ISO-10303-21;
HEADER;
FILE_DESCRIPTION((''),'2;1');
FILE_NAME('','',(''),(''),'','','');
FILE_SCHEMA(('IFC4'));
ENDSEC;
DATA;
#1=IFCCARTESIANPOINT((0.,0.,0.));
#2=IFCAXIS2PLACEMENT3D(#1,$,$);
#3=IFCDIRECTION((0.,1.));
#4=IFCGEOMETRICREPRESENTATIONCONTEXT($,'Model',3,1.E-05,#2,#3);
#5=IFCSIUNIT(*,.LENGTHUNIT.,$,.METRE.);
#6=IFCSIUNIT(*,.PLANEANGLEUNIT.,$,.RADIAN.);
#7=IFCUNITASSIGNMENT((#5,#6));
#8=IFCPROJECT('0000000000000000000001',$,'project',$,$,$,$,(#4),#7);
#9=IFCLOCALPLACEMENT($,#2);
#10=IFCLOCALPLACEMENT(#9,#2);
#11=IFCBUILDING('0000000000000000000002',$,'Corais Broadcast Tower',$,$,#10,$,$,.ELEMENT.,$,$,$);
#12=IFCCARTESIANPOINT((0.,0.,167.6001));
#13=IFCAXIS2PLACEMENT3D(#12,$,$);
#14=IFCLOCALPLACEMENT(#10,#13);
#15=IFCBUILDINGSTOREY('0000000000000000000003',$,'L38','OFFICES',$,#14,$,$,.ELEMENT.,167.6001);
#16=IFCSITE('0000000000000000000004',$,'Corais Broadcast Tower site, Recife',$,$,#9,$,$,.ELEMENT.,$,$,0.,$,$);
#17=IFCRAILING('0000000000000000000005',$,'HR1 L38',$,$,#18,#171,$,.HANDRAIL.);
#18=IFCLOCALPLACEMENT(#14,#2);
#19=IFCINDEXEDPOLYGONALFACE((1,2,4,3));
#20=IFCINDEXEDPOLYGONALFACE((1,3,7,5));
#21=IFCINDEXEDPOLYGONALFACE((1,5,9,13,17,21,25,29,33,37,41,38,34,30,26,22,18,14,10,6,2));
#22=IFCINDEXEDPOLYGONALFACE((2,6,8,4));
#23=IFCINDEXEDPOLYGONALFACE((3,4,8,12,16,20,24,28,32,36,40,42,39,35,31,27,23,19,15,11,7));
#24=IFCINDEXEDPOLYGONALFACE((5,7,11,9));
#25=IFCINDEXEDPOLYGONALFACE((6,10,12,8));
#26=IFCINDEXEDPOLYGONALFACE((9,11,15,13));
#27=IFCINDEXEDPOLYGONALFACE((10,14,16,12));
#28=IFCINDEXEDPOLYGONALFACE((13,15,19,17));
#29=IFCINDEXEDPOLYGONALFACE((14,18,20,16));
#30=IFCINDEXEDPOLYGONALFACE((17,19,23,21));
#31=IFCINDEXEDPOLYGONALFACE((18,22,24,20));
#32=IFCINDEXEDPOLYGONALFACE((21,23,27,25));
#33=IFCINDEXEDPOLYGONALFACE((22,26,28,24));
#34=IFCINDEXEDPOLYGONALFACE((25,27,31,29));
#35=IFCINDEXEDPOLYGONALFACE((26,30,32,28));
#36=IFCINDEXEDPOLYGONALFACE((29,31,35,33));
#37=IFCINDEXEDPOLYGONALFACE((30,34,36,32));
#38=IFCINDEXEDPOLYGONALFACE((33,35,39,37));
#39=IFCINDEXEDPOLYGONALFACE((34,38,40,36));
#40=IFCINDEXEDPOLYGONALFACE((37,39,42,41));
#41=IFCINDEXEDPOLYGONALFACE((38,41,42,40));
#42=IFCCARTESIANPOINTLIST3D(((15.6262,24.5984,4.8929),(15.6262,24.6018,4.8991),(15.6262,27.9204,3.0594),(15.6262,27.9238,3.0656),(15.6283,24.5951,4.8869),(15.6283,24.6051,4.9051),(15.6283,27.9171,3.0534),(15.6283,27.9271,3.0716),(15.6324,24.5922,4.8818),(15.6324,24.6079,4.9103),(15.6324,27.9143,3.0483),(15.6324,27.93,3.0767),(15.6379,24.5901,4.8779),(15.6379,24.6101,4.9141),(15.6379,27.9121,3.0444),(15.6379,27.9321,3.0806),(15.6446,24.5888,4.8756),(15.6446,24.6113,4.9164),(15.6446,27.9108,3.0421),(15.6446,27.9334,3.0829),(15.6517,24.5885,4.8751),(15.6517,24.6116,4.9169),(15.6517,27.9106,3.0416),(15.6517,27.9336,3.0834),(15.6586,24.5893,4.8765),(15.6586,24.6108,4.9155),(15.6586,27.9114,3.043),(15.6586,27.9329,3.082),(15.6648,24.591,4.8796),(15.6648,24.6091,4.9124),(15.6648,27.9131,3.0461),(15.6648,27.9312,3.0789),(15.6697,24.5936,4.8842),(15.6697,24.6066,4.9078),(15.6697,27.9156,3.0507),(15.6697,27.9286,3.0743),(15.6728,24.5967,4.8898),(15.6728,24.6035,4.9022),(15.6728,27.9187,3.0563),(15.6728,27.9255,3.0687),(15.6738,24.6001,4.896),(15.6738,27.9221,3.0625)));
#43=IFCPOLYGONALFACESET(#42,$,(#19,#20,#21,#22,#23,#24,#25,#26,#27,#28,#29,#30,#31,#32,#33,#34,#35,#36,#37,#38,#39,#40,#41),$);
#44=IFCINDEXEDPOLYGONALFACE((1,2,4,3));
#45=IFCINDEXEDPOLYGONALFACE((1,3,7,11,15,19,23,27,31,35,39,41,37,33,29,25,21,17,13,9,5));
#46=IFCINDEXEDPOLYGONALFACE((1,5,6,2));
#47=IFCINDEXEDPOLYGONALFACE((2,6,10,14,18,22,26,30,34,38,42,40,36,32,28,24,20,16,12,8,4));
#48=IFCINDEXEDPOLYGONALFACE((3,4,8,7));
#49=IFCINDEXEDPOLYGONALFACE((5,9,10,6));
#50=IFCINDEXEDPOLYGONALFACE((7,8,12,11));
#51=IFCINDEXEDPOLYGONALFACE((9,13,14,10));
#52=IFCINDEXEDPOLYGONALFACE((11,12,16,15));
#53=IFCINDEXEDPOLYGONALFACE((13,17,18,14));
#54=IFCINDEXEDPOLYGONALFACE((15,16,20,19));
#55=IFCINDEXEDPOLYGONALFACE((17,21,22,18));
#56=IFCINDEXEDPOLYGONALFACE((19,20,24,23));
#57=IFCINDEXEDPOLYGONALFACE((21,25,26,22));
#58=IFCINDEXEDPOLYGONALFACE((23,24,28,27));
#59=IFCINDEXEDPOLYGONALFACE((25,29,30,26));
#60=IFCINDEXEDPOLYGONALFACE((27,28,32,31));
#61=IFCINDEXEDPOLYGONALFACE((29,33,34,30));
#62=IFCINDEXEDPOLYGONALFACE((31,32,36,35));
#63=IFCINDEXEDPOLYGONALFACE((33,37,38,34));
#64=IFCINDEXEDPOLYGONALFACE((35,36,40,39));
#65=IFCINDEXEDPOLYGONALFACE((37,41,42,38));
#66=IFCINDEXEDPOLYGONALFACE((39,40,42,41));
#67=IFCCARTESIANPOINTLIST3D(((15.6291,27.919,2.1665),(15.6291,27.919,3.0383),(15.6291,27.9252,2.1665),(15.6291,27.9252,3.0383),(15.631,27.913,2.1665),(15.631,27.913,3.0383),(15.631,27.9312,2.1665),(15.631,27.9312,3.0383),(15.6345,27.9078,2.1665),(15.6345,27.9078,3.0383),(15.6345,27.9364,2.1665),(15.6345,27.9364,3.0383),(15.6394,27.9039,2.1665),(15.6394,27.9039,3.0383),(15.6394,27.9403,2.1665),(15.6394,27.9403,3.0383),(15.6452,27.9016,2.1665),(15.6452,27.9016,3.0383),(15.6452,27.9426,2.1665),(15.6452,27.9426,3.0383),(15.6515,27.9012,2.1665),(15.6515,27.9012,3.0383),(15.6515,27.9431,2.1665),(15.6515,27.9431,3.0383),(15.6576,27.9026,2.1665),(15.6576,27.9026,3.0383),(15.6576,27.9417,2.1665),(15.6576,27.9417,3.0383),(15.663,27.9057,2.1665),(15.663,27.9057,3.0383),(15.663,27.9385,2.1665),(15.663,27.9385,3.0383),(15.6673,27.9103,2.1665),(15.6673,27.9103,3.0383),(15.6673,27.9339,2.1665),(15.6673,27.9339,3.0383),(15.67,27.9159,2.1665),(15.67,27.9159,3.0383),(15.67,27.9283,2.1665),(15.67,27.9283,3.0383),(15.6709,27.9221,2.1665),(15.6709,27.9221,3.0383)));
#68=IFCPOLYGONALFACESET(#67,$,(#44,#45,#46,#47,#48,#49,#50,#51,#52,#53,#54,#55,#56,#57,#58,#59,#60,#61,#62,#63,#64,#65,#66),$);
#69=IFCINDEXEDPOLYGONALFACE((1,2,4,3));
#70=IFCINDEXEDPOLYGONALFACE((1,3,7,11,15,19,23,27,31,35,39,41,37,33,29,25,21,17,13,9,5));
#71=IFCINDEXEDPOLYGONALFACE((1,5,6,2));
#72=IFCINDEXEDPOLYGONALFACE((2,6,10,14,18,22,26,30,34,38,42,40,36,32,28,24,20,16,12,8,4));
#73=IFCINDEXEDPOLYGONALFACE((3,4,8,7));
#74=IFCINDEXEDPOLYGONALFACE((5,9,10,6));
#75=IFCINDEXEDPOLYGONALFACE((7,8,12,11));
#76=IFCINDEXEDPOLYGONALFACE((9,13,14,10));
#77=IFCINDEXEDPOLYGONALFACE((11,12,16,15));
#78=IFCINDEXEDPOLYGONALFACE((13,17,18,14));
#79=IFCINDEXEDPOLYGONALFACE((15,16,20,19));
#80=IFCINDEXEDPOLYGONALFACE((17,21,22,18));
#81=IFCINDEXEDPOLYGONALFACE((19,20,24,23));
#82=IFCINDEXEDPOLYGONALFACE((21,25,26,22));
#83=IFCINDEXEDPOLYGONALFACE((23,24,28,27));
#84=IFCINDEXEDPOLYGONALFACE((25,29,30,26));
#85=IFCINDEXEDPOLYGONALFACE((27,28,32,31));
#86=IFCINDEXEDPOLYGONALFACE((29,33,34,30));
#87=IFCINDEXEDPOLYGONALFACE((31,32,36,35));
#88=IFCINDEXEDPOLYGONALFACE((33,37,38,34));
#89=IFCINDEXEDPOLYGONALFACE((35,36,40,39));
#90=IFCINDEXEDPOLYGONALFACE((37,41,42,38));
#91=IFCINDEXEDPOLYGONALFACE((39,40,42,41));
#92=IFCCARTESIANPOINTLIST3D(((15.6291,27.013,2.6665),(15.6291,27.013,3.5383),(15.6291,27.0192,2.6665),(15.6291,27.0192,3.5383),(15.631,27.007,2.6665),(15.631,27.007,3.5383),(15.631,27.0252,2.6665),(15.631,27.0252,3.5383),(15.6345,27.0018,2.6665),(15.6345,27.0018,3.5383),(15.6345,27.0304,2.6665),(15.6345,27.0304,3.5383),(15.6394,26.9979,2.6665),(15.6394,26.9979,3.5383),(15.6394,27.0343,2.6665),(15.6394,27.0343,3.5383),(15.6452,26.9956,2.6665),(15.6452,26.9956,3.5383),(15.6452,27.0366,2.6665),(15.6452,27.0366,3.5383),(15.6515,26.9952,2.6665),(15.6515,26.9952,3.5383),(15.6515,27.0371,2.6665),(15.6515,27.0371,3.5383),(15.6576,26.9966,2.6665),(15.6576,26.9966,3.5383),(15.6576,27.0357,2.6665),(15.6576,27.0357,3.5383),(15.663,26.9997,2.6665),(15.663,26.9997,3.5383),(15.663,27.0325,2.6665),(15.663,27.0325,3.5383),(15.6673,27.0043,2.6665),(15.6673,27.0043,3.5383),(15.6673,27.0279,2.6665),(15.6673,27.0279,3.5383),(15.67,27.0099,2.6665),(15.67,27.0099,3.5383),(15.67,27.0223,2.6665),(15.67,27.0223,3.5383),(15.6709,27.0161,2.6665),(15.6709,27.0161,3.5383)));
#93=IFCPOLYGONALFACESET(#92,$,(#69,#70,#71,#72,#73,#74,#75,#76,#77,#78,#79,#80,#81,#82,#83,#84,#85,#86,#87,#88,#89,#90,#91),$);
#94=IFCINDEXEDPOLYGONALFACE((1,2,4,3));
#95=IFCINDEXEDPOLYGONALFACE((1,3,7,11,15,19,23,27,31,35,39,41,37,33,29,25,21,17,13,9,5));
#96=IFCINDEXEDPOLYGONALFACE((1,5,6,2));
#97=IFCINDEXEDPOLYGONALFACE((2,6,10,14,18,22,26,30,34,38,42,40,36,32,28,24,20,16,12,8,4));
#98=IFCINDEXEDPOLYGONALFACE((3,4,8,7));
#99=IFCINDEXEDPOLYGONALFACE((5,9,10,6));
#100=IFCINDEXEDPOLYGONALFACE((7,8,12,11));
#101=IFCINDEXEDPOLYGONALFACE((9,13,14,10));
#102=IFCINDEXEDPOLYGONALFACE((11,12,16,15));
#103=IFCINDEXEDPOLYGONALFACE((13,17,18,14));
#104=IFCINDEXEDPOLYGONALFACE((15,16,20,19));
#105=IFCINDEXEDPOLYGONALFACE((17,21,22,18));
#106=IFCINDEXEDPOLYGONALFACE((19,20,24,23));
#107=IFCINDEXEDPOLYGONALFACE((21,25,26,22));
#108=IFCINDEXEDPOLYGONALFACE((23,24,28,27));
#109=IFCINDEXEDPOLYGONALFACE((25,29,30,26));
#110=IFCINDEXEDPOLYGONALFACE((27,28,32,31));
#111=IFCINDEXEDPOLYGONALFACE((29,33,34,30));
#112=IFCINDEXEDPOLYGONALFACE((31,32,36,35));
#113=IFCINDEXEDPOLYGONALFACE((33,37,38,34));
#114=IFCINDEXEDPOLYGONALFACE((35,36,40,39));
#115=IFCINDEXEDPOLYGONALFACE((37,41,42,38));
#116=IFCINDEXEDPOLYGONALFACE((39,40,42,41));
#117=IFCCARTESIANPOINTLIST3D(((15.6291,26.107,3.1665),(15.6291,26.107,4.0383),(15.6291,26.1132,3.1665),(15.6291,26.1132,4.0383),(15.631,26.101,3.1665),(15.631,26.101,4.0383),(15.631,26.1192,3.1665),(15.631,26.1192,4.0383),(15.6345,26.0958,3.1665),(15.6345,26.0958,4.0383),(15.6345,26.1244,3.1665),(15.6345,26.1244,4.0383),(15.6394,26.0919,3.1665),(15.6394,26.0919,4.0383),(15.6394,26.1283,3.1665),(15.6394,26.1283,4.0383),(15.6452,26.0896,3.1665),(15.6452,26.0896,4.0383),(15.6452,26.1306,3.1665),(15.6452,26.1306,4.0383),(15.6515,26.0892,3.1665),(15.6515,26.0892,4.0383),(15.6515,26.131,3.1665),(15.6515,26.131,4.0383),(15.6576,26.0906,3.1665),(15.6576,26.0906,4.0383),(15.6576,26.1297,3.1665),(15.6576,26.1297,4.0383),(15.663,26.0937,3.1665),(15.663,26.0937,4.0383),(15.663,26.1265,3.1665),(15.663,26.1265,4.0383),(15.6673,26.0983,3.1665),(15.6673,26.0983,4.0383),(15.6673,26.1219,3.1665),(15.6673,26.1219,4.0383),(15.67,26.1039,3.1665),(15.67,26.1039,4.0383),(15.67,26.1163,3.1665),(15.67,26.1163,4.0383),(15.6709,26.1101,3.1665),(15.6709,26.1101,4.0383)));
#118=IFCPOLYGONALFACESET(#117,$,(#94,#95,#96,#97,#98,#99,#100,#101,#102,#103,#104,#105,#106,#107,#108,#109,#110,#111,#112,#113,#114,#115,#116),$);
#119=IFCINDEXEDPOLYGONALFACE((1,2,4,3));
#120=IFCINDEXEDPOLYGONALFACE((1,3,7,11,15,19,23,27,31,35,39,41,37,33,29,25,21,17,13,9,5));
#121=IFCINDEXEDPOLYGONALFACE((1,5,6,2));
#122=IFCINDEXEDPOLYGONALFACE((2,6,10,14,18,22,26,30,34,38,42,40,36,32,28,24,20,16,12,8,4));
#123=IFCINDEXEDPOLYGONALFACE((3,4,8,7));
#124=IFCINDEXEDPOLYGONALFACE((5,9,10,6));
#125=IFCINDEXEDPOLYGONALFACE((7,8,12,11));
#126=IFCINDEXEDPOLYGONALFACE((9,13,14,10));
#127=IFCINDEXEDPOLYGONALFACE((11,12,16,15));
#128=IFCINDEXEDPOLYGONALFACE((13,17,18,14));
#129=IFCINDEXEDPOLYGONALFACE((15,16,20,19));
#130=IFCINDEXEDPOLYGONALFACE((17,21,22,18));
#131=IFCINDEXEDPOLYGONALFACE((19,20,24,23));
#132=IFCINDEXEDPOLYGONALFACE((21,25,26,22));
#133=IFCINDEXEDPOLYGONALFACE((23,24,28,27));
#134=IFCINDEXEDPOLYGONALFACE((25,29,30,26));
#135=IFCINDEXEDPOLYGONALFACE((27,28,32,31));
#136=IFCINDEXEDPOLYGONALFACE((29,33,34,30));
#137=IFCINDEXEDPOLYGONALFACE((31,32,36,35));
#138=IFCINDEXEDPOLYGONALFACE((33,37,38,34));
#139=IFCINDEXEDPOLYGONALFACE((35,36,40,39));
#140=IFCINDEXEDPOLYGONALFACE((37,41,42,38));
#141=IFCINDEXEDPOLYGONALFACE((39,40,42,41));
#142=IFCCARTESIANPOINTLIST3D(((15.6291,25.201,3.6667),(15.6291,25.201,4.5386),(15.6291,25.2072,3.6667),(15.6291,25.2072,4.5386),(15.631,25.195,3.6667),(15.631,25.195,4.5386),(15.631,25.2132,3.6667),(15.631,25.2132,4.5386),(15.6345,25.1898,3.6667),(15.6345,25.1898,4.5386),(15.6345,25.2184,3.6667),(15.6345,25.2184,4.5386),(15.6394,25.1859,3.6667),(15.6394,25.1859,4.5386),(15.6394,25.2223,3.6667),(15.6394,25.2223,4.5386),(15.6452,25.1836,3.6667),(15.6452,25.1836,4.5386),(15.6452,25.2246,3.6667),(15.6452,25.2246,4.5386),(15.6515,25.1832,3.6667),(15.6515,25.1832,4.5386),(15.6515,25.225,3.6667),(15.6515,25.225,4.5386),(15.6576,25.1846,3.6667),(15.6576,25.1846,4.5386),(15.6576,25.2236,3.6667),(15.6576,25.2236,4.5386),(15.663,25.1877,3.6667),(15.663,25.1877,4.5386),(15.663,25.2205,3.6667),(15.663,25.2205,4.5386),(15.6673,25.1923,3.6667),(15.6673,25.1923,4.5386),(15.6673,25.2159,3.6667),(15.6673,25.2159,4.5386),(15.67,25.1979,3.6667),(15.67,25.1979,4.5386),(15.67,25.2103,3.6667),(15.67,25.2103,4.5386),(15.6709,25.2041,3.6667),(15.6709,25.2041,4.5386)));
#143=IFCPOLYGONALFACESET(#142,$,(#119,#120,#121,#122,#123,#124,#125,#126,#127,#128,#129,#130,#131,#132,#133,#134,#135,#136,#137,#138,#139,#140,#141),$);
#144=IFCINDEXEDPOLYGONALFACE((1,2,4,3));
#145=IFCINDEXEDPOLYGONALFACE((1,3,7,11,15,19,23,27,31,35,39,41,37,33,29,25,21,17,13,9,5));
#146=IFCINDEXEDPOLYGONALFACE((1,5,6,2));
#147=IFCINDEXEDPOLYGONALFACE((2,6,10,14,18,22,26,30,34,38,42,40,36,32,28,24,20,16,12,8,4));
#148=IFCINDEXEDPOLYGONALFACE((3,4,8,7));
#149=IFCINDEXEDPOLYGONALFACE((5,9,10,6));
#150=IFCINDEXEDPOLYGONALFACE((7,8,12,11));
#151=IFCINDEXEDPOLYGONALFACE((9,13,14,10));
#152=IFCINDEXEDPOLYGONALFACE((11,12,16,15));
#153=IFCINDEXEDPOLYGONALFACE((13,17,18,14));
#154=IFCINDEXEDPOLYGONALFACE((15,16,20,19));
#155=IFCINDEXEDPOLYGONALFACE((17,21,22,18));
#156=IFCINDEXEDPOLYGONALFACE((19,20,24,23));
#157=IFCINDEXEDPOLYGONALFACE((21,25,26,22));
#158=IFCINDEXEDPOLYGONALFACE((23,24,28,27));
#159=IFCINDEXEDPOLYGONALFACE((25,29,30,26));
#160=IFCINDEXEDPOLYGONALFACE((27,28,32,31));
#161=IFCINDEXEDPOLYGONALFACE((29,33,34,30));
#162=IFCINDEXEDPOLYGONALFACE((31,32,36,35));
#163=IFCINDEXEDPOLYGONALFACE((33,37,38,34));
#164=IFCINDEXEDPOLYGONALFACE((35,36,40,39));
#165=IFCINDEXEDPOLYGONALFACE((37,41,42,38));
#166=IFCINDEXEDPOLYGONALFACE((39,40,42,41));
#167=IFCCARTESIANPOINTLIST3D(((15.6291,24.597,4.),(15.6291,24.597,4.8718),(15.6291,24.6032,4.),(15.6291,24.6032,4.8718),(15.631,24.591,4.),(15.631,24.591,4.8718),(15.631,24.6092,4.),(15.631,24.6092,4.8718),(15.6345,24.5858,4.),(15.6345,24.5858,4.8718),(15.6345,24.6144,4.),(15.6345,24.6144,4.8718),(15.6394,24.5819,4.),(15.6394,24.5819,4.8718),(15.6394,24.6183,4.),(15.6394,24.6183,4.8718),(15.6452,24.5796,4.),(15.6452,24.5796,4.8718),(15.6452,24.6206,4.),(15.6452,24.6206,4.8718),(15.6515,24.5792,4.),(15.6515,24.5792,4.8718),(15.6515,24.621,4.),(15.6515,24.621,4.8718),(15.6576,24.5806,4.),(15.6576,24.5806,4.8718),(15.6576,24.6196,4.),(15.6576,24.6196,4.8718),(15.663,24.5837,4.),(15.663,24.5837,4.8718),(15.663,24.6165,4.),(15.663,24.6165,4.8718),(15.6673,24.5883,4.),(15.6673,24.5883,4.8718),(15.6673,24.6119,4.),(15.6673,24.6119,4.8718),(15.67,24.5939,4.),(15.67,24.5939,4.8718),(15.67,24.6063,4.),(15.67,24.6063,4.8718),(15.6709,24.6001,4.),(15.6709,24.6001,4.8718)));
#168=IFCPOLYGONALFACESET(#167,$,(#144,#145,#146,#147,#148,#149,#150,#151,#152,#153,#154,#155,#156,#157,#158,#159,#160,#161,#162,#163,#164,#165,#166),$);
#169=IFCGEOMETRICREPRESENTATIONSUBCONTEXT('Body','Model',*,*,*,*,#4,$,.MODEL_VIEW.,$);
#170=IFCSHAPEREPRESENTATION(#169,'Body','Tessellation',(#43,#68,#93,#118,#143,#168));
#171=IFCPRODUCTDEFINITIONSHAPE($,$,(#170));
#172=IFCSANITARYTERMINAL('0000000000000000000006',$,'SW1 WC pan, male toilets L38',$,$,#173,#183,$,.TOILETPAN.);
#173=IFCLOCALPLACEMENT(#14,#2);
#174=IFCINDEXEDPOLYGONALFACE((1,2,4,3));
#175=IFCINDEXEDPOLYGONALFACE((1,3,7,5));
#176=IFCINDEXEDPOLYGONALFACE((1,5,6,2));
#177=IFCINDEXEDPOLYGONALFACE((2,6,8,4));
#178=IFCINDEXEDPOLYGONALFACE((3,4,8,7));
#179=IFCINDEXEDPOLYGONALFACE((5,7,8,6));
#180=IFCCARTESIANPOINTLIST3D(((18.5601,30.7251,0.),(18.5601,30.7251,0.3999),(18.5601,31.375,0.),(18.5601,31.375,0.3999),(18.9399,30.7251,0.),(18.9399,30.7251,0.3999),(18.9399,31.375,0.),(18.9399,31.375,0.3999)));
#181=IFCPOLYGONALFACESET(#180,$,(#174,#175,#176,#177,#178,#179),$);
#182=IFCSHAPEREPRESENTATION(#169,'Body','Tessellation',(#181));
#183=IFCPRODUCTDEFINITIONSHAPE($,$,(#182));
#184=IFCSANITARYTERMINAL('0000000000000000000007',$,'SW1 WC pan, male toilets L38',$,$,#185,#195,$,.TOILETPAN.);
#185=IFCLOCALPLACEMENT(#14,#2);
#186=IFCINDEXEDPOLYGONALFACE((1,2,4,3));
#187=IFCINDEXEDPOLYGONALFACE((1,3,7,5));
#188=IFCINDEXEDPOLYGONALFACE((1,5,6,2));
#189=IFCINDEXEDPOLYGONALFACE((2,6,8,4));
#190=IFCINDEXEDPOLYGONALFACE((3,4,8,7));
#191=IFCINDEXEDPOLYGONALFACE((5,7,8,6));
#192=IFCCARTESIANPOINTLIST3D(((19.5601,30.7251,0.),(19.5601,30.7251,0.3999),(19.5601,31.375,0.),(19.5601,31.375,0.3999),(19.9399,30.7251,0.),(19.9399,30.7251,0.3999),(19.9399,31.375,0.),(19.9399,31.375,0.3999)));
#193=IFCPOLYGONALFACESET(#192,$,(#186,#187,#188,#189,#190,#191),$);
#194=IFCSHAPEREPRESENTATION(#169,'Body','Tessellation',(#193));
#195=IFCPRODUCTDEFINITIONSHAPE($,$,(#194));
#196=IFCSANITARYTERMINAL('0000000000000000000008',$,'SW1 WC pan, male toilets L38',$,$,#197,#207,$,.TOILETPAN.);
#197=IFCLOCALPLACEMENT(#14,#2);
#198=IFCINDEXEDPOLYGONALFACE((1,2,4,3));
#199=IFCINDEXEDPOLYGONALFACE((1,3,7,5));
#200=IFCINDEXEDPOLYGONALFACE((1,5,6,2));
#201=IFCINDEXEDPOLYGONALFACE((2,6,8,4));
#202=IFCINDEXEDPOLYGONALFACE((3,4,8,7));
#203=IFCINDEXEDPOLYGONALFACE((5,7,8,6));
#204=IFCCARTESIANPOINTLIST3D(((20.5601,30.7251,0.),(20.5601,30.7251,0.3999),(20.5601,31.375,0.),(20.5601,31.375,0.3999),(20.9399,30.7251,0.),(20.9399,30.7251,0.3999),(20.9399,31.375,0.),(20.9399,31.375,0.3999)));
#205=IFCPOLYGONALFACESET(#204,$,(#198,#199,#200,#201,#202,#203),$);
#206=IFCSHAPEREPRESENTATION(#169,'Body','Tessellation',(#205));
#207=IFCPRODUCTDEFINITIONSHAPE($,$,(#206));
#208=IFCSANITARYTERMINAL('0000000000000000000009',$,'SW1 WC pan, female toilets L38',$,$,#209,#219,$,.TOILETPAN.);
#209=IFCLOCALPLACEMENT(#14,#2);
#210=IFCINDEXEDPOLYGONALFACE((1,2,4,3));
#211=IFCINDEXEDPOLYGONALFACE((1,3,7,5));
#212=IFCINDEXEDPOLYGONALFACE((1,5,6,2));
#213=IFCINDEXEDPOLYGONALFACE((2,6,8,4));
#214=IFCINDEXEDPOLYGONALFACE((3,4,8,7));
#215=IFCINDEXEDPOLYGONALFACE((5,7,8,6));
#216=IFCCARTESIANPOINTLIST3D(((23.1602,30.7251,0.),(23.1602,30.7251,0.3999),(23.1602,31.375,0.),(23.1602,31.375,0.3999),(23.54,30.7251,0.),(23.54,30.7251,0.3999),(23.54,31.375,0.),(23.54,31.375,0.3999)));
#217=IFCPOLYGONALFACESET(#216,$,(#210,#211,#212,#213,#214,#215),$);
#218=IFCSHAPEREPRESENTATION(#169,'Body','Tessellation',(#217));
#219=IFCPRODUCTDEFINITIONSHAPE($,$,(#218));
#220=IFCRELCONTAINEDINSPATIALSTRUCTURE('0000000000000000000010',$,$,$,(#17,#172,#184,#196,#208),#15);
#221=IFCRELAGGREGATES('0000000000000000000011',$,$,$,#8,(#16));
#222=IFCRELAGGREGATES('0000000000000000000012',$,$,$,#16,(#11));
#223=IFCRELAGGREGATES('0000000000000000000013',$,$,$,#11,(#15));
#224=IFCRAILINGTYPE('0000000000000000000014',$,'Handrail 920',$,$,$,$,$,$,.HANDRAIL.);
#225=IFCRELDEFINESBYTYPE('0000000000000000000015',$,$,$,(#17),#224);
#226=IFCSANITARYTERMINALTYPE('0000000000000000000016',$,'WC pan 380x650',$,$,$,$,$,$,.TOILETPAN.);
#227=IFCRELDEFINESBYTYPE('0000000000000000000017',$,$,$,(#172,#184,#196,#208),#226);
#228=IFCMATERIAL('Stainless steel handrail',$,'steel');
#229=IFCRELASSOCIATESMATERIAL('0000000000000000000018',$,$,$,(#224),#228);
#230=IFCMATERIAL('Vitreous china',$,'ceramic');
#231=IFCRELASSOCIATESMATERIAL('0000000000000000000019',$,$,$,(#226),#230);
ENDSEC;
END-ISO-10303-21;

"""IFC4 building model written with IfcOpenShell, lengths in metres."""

from ifc_helpers import new_model, si_unit, direction, frame, origin, origin_2d, place, context, subcontext, project, spatial, rectangle, circle, extrude, material, type_object, element, save


model = new_model("IFC4")

# Units and contexts
model_context = context("Model", 3, precision=1e-05, world=origin(), true_north=direction((0.0, 1.0)))
body_context = subcontext(model_context, "Body", "Model", "MODEL_VIEW")
ifc_project = project(units=[si_unit("LENGTHUNIT", "METRE"), si_unit("PLANEANGLEUNIT", "RADIAN")], contexts=[model_context])

# Site, building, storey
site_placement = place(None, origin())
site = spatial("IfcSite", under=ifc_project, at=site_placement, Name="Corais Broadcast Tower site, Recife", CompositionType="ELEMENT", RefElevation=0.0)
building_placement = place(site_placement, origin())
building = spatial("IfcBuilding", under=site, at=building_placement, Name="Corais Broadcast Tower", CompositionType="ELEMENT")
storey_placement = place(building_placement, frame((0.0, 0.0, 167.6001)))
storey = spatial("IfcBuildingStorey", under=building, at=storey_placement, Name="L38", Description="OFFICES", CompositionType="ELEMENT", Elevation=167.6001)

# Railing
ifc_material_1 = material(Name="Stainless steel handrail", Category="steel")
railing_type = type_object("IfcRailingType", Name="Handrail 920", PredefinedType="HANDRAIL", material=ifc_material_1)
for number, where, name in (
    (1, (15.6499, 27.9221, 2.1665), "HR1 L38"),
):
    element("IfcRailing", number, at=place(storey_placement, frame(where)), inside=storey, type_object=railing_type, Name=name, PredefinedType="HANDRAIL", context=body_context, shape_type="SweptSolid", body=[
        extrude(circle(Radius=0.0239, at=origin_2d()), frame((0.0, 0.0, 0.896), z_axis=(0.0, -0.875504, 0.48321), x_axis=(1.0, 0.0, 0.0)), (0.0, 0.0, 1.0), 3.7944),
        extrude(circle(Radius=0.021, at=origin_2d()), origin(), (0.0, 0.0, 1.0), 0.8718),
        extrude(circle(Radius=0.021, at=origin_2d()), frame((0.0, -0.906, 0.5)), (0.0, 0.0, 1.0), 0.8718),
        extrude(circle(Radius=0.021, at=origin_2d()), frame((0.0, -1.812, 1.0)), (0.0, 0.0, 1.0), 0.8718),
        extrude(circle(Radius=0.021, at=origin_2d()), frame((0.0, -2.718, 1.5002)), (0.0, 0.0, 1.0), 0.8718),
        extrude(circle(Radius=0.021, at=origin_2d()), frame((0.0, -3.322, 1.8335)), (0.0, 0.0, 1.0), 0.8718),
    ])

# Sanitary terminals
ifc_material_2 = material(Name="Vitreous china", Category="ceramic")
sanitary_terminal_type = type_object("IfcSanitaryTerminalType", Name="WC pan 380x650", PredefinedType="TOILETPAN", material=ifc_material_2)
for number, where, z_axis, x_axis, name in (
    (2, (18.75, 31.05, 0.0), (0.0, 0.0, 1.0), (1.0, 0.0, 0.0), "SW1 WC pan, male toilets L38"),
    (3, (19.75, 31.05, 0.0), (0.0, 0.0, 1.0), (1.0, 0.0, 0.0), "SW1 WC pan, male toilets L38"),
    (4, (20.75, 31.05, 0.0), (0.0, 0.0, 1.0), (1.0, 0.0, 0.0), "SW1 WC pan, male toilets L38"),
    (5, (23.3501, 31.05, 0.0), (0.0, 0.0, 1.0), (1.0, 0.0, 0.0), "SW1 WC pan, female toilets L38"),
):
    element("IfcSanitaryTerminal", number, at=place(storey_placement, frame(where, z_axis=z_axis, x_axis=x_axis)), inside=storey, type_object=sanitary_terminal_type, Name=name, PredefinedType="TOILETPAN", context=body_context, shape_type="SweptSolid", body=[
        extrude(rectangle(XDim=0.3799, YDim=0.6499, at=origin_2d()), origin(), (0.0, 0.0, 1.0), 0.3999),
    ])

save(model, "model.ifc")
